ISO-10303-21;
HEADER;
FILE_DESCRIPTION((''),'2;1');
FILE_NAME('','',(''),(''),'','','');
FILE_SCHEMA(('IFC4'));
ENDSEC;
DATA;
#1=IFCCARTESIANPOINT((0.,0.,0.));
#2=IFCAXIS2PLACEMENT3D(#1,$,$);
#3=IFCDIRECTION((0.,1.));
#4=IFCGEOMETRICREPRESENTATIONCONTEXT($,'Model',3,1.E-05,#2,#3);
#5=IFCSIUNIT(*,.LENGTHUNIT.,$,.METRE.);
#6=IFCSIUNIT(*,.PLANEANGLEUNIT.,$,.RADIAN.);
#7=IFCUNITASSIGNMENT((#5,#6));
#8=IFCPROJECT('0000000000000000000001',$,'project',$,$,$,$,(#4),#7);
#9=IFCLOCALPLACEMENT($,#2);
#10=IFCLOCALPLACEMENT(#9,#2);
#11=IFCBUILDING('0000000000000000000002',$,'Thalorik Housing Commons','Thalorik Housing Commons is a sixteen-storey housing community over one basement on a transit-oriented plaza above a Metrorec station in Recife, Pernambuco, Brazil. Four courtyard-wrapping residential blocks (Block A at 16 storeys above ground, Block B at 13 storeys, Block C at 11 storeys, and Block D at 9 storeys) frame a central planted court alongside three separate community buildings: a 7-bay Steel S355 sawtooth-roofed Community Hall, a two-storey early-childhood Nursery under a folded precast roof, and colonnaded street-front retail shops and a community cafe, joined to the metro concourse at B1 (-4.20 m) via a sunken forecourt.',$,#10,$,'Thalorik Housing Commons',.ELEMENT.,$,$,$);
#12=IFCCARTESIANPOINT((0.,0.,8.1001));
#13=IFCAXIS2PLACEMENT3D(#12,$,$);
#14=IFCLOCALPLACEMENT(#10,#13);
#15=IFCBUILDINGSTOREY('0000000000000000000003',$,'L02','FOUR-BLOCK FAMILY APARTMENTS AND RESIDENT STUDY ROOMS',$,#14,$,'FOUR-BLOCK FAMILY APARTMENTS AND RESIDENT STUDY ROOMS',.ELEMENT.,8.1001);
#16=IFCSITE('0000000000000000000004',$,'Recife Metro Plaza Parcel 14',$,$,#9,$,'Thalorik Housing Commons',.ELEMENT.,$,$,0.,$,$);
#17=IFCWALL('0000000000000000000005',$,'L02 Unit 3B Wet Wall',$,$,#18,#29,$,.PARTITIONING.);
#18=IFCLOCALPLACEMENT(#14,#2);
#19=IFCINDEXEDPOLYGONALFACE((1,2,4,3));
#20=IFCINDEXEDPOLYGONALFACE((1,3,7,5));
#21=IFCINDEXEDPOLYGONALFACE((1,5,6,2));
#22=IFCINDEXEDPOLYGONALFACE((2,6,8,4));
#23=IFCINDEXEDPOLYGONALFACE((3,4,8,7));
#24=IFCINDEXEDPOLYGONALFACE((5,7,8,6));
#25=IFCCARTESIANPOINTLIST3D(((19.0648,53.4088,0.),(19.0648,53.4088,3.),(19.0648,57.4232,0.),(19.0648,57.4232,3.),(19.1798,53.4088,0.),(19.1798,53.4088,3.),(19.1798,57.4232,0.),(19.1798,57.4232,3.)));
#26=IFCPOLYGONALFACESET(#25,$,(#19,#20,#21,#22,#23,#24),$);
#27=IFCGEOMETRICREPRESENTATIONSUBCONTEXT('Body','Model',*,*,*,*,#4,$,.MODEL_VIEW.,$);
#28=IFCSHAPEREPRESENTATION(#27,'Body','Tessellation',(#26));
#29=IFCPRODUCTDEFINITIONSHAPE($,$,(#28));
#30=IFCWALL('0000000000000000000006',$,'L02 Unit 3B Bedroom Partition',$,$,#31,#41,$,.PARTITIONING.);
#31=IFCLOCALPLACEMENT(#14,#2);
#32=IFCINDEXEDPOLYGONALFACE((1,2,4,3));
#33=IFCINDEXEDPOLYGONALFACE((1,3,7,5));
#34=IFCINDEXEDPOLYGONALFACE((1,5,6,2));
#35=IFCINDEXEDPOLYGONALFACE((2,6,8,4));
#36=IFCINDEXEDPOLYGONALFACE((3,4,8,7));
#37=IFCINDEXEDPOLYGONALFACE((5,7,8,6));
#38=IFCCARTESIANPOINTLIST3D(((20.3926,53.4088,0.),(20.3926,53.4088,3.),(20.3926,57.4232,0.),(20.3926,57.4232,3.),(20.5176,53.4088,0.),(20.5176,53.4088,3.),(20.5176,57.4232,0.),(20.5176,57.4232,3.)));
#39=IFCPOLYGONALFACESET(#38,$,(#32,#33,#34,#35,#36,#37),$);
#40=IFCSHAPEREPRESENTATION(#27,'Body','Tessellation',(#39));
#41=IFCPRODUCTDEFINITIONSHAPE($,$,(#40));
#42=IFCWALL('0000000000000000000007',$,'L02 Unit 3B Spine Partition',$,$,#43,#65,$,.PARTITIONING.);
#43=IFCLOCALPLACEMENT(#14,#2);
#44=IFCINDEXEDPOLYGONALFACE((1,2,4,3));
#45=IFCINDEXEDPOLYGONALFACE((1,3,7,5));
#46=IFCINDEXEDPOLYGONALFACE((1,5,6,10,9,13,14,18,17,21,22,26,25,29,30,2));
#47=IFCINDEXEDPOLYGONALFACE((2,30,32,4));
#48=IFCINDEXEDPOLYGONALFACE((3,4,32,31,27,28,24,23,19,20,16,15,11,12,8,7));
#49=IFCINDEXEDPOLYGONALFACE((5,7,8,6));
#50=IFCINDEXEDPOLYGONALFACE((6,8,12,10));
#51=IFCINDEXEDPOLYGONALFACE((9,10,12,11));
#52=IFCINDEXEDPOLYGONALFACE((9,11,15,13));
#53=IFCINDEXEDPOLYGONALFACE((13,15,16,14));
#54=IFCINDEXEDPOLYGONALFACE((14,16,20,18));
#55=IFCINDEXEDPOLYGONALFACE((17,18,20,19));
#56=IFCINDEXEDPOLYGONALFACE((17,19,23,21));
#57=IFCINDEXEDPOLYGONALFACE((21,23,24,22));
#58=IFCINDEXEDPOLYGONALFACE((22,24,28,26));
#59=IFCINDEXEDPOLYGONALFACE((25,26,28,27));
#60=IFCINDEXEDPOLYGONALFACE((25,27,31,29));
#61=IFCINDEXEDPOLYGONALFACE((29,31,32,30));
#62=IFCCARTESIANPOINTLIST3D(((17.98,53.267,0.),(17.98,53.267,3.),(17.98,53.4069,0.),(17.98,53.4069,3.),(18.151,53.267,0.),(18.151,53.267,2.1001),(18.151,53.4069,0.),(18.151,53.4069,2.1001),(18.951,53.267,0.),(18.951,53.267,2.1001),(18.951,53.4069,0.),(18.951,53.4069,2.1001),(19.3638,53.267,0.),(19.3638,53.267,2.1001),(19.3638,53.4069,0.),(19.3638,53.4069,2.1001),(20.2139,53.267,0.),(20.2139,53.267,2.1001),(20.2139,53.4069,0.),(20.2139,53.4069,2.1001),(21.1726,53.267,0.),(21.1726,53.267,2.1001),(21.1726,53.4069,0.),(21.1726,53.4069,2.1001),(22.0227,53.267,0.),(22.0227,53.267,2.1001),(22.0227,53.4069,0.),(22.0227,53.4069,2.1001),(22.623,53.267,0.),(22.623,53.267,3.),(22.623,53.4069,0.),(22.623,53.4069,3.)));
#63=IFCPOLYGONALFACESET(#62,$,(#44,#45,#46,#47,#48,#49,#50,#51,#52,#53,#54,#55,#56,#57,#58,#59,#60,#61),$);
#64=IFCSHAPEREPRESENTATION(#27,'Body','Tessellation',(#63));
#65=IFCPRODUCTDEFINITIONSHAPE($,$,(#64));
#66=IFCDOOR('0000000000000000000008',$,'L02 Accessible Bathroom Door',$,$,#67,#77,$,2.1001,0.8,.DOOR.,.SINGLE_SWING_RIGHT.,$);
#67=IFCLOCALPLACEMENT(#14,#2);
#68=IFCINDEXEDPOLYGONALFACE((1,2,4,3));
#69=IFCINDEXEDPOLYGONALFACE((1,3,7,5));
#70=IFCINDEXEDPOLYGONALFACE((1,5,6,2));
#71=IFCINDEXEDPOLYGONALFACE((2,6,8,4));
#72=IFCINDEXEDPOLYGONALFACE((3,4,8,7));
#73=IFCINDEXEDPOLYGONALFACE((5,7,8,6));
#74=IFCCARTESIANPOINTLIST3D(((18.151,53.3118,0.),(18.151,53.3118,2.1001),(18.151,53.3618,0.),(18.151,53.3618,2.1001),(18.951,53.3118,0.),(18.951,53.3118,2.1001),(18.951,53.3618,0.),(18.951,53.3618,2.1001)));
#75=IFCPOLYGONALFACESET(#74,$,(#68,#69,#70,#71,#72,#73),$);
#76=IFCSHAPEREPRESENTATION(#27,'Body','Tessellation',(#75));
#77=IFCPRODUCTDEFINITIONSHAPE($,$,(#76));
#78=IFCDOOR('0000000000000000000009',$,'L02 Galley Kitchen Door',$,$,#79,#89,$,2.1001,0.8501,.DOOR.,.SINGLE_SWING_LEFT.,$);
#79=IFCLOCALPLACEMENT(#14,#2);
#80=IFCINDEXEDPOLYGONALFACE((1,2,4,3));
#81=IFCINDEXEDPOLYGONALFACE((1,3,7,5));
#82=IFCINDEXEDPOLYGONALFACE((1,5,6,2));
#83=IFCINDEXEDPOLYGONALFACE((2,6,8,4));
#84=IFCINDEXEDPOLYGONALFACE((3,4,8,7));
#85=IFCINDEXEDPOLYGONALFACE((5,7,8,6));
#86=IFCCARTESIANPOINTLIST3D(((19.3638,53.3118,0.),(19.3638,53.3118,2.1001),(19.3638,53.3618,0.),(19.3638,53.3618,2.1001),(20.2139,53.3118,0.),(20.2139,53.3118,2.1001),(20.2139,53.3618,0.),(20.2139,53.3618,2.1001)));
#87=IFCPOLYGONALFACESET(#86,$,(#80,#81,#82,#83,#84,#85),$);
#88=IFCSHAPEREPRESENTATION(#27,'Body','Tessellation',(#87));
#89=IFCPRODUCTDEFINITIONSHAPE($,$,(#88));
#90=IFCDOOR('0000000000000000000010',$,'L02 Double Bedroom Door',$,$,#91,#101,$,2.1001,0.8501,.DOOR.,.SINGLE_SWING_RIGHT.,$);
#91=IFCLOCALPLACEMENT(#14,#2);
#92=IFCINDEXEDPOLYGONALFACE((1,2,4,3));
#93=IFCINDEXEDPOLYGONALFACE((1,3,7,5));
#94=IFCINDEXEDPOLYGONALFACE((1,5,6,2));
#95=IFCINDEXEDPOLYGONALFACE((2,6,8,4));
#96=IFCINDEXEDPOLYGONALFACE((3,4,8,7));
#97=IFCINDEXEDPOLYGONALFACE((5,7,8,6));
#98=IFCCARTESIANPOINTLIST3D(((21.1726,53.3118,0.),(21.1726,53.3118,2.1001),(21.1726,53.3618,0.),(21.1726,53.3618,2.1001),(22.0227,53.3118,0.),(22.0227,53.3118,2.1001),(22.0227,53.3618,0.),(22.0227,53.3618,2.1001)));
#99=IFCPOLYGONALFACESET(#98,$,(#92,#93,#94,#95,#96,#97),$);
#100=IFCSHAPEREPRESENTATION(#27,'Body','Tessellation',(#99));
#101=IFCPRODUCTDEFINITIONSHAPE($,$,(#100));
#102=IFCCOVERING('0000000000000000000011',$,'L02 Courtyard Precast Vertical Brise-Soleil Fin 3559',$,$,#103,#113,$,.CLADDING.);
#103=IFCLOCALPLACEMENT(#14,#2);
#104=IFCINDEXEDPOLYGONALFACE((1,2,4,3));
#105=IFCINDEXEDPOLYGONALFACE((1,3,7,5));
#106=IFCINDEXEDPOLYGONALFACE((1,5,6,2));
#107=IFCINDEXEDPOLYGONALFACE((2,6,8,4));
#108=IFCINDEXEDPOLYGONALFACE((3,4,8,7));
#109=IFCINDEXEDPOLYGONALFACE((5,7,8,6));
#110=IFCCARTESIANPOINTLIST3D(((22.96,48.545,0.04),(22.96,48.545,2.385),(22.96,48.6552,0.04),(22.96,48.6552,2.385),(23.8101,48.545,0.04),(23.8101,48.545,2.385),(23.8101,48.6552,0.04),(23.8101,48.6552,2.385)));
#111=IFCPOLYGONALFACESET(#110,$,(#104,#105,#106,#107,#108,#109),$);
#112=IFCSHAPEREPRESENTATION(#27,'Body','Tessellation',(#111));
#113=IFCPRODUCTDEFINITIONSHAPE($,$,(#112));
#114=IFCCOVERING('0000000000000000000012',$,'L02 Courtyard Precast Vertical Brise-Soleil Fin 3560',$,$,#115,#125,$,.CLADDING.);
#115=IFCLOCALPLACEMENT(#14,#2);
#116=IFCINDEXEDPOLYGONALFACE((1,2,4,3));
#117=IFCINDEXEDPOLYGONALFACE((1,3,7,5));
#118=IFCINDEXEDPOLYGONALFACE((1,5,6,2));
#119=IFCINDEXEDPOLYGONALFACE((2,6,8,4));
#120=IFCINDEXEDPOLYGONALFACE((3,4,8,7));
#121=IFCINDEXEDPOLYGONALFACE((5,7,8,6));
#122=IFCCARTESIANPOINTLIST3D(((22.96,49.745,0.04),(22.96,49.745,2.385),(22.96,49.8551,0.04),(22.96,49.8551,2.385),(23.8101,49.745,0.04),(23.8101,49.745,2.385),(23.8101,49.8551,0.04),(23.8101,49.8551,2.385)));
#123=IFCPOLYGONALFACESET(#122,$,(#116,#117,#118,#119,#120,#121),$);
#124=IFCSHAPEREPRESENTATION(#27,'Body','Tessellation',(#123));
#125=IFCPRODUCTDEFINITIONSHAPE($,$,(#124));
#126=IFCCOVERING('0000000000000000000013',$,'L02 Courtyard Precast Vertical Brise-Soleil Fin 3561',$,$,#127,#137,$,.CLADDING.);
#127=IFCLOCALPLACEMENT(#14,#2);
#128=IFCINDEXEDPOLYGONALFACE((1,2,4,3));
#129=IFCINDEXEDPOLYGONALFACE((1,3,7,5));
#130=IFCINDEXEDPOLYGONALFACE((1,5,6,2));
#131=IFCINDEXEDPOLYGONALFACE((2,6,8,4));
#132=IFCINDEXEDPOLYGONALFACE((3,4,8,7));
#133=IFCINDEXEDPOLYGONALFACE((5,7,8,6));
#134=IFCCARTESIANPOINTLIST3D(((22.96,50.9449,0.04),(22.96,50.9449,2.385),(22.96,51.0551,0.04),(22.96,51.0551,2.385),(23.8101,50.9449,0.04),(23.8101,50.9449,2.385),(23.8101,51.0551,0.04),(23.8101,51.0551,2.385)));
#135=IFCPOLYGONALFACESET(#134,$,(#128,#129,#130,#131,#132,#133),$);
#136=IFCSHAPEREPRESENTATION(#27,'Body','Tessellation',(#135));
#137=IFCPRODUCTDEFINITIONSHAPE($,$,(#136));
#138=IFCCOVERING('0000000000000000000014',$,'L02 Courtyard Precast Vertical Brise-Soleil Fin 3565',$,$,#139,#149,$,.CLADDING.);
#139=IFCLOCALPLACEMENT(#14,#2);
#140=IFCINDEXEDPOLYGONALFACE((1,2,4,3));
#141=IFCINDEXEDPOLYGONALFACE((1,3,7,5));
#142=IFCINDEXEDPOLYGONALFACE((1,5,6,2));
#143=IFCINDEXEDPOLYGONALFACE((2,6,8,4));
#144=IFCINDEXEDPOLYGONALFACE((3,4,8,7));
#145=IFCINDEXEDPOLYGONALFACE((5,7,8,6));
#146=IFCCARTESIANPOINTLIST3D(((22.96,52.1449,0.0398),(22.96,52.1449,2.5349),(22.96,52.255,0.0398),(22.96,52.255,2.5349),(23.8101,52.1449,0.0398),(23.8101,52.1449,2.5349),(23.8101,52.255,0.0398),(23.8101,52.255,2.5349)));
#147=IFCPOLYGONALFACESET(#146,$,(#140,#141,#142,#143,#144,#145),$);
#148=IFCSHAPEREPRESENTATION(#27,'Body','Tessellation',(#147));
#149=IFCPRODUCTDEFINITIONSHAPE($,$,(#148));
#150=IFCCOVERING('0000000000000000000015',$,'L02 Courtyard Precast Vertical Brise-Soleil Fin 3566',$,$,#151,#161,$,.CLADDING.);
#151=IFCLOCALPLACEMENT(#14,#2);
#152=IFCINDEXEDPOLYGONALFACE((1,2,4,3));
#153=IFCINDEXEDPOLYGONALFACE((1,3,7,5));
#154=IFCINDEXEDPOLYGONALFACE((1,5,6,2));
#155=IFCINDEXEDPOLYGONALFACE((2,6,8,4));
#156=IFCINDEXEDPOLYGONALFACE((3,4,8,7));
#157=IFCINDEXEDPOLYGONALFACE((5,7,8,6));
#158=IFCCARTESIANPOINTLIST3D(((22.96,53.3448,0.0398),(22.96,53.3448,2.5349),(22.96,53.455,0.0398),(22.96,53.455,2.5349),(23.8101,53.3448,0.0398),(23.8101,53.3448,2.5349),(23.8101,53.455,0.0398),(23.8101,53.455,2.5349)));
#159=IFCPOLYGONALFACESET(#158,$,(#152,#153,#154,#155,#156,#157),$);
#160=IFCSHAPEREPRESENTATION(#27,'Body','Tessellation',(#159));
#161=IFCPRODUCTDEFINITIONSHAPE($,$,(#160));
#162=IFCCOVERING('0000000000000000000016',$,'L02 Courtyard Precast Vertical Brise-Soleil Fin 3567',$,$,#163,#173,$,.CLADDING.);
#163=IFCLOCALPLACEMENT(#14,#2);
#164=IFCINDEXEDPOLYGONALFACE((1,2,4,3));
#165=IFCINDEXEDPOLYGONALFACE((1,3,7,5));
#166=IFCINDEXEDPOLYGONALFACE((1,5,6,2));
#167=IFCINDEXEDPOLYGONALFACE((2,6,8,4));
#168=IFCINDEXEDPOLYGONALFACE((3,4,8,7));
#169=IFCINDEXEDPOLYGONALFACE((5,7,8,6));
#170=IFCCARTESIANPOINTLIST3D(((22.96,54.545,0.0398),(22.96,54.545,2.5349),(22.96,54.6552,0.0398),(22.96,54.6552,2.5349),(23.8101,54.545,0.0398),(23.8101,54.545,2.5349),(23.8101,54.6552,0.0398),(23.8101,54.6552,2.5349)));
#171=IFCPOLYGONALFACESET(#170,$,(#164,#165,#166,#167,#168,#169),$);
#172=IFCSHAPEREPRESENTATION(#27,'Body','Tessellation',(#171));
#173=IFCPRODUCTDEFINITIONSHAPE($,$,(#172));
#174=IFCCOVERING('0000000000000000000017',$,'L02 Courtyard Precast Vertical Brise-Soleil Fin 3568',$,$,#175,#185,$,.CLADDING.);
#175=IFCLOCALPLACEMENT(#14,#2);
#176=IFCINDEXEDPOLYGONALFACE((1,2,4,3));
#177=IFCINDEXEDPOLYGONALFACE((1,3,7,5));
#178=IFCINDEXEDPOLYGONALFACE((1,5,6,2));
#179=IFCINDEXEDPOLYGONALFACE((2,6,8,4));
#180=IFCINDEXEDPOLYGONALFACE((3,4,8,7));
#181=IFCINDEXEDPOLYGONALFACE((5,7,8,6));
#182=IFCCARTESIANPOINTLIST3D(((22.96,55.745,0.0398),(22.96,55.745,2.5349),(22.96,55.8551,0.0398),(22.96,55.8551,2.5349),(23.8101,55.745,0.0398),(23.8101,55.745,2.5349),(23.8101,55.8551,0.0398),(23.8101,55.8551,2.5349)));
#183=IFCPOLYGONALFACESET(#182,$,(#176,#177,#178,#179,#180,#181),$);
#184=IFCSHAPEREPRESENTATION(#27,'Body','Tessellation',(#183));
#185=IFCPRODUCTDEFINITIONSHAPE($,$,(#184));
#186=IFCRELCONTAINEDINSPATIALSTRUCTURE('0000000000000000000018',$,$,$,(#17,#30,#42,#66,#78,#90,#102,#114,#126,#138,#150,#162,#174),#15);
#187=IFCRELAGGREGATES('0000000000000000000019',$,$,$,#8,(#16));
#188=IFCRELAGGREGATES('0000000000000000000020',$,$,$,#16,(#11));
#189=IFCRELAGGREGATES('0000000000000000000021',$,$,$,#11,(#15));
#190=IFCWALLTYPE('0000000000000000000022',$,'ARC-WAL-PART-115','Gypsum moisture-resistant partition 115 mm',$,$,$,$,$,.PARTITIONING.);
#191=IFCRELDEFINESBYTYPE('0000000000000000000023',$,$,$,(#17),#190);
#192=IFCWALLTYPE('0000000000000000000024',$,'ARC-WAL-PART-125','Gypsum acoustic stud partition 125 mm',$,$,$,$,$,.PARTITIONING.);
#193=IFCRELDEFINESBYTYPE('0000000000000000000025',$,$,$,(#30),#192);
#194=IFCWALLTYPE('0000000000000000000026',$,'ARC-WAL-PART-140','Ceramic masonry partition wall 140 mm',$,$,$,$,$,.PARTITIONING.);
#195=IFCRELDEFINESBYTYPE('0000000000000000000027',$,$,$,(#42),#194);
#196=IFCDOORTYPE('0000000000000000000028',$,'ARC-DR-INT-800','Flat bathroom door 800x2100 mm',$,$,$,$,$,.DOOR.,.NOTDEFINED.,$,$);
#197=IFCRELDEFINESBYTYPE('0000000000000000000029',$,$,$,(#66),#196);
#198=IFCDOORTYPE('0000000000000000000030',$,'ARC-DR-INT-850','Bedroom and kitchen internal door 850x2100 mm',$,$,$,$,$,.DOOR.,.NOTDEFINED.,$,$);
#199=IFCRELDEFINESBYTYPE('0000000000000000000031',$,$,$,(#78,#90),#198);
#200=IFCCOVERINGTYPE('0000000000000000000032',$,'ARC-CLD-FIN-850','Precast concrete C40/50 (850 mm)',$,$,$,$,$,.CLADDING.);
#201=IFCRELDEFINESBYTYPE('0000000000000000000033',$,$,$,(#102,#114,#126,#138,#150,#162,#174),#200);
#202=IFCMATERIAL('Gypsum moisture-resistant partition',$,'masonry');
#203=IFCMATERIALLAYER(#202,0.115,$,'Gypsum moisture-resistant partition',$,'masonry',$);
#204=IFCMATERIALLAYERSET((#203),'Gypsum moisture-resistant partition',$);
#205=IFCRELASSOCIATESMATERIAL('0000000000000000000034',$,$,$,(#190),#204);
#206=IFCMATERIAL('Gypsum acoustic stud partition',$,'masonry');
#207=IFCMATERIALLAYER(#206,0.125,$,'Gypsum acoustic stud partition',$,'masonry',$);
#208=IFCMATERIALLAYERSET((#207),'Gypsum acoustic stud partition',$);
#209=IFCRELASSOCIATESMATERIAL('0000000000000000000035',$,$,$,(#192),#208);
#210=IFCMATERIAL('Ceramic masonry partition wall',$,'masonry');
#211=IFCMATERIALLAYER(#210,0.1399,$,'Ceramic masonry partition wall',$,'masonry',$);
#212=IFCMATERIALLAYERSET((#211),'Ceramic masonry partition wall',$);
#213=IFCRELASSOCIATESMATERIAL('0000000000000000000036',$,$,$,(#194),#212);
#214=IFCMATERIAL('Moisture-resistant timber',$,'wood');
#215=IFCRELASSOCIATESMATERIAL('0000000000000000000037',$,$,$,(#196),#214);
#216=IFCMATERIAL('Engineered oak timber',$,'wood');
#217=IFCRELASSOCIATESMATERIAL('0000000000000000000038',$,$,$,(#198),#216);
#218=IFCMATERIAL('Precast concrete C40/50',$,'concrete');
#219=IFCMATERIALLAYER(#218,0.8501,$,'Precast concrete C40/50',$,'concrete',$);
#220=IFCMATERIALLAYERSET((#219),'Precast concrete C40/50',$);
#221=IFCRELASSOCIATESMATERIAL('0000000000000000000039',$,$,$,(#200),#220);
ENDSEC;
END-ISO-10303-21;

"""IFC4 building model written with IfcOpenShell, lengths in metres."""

from ifc_helpers import new_model, si_unit, direction, frame, frame_2d, origin, origin_2d, place, context, subcontext, project, spatial, rectangle, extrude, material, layer, layer_set, type_object, element, fill, save


model = new_model("IFC4")

# Units and contexts
model_context = context("Model", 3, precision=1e-05, world=origin(), true_north=direction((0.0, 1.0)))
body_context = subcontext(model_context, "Body", "Model", "MODEL_VIEW")
ifc_project = project(units=[si_unit("LENGTHUNIT", "METRE"), si_unit("PLANEANGLEUNIT", "RADIAN")], contexts=[model_context])

# Site, building, storey
site_placement = place(None, origin())
site = spatial("IfcSite", under=ifc_project, at=site_placement, Name="Recife Metro Plaza Parcel 14", LongName="Thalorik Housing Commons", CompositionType="ELEMENT", RefElevation=0.0)
building_placement = place(site_placement, origin())
building = spatial("IfcBuilding", under=site, at=building_placement, Name="Thalorik Housing Commons", Description="Thalorik Housing Commons is a sixteen-storey housing community over one basement on a transit-oriented plaza above a Metrorec station in Recife, Pernambuco, Brazil. Four courtyard-wrapping residential blocks (Block A at 16 storeys above ground, Block B at 13 storeys, Block C at 11 storeys, and Block D at 9 storeys) frame a central planted court alongside three separate community buildings: a 7-bay Steel S355 sawtooth-roofed Community Hall, a two-storey early-childhood Nursery under a folded precast roof, and colonnaded street-front retail shops and a community cafe, joined to the metro concourse at B1 (-4.20 m) via a sunken forecourt.", LongName="Thalorik Housing Commons", CompositionType="ELEMENT")
storey_placement = place(building_placement, frame((0.0, 0.0, 8.1001)))
storey = spatial("IfcBuildingStorey", under=building, at=storey_placement, Name="L02", Description="FOUR-BLOCK FAMILY APARTMENTS AND RESIDENT STUDY ROOMS", LongName="FOUR-BLOCK FAMILY APARTMENTS AND RESIDENT STUDY ROOMS", CompositionType="ELEMENT", Elevation=8.1001)

# Shared definitions
ifc_material_1 = material(Name="Precast concrete C40/50", Category="concrete")

# Walls
ifc_material_2 = material(Name="Gypsum moisture-resistant partition", Category="masonry")
ifc_layer_1 = layer(ifc_material_2, 0.115, Name="Gypsum moisture-resistant partition", Category="masonry")
ifc_layer_set_1 = layer_set([ifc_layer_1], Name="Gypsum moisture-resistant partition")
wall_type_1 = type_object("IfcWallType", Name="ARC-WAL-PART-115", Description="Gypsum moisture-resistant partition 115 mm", PredefinedType="PARTITIONING", material=ifc_layer_set_1)
wall_1_placement = place(storey_placement, frame((19.1223, 53.4087, 0.0), z_axis=(0.0, 0.0, 1.0), x_axis=(0.0, 1.0, 0.0)))
element("IfcWall", 1, at=wall_1_placement, inside=storey, type_object=wall_type_1, Name="L02 Unit 3B Wet Wall", PredefinedType="PARTITIONING", context=body_context, shape_type="SweptSolid", body=[
    extrude(rectangle(XDim=4.0144, YDim=0.115, at=frame_2d((2.0073, 0.0))), origin(), (0.0, 0.0, 1.0), 3.0),
])
ifc_material_3 = material(Name="Gypsum acoustic stud partition", Category="masonry")
ifc_layer_2 = layer(ifc_material_3, 0.125, Name="Gypsum acoustic stud partition", Category="masonry")
ifc_layer_set_2 = layer_set([ifc_layer_2], Name="Gypsum acoustic stud partition")
wall_type_2 = type_object("IfcWallType", Name="ARC-WAL-PART-125", Description="Gypsum acoustic stud partition 125 mm", PredefinedType="PARTITIONING", material=ifc_layer_set_2)
wall_2_placement = place(storey_placement, frame((20.4551, 53.4087, 0.0), z_axis=(0.0, 0.0, 1.0), x_axis=(0.0, 1.0, 0.0)))
element("IfcWall", 2, at=wall_2_placement, inside=storey, type_object=wall_type_2, Name="L02 Unit 3B Bedroom Partition", PredefinedType="PARTITIONING", context=body_context, shape_type="SweptSolid", body=[
    extrude(rectangle(XDim=4.0144, YDim=0.125, at=frame_2d((2.0073, 0.0))), origin(), (0.0, 0.0, 1.0), 3.0),
])

# Wall, openings, doors
ifc_material_4 = material(Name="Ceramic masonry partition wall", Category="masonry")
ifc_layer_3 = layer(ifc_material_4, 0.1399, Name="Ceramic masonry partition wall", Category="masonry")
ifc_layer_set_3 = layer_set([ifc_layer_3], Name="Ceramic masonry partition wall")
wall_type_3 = type_object("IfcWallType", Name="ARC-WAL-PART-140", Description="Ceramic masonry partition wall 140 mm", PredefinedType="PARTITIONING", material=ifc_layer_set_3)
wall_3_placement = place(storey_placement, frame((17.98, 53.3369, 0.0), z_axis=(0.0, 0.0, 1.0), x_axis=(1.0, 0.0, 0.0)))
wall_3 = element("IfcWall", 3, at=wall_3_placement, inside=storey, type_object=wall_type_3, Name="L02 Unit 3B Spine Partition", PredefinedType="PARTITIONING", context=body_context, shape_type="SweptSolid", body=[
    extrude(rectangle(XDim=4.6431, YDim=0.1399, at=frame_2d((2.3215, 0.0))), origin(), (0.0, 0.0, 1.0), 3.0),
])
opening_1_placement = place(wall_3_placement, frame((0.1711, 0.0, 0.0)))
opening_1 = element("IfcOpeningElement", 4, at=opening_1_placement, cuts=wall_3, PredefinedType="OPENING", context=body_context, shape_type="SweptSolid", body=[
    extrude(rectangle(XDim=0.8, YDim=2.1001, at=frame_2d((0.3999, 1.05))), frame((0.0, 0.0801, 0.0), z_axis=(0.0, -1.0, 0.0), x_axis=(1.0, 0.0, 0.0)), (0.0, 0.0, 1.0), 0.1599),
])
opening_2_placement = place(wall_3_placement, frame((1.3838, 0.0, 0.0)))
opening_2 = element("IfcOpeningElement", 5, at=opening_2_placement, cuts=wall_3, PredefinedType="OPENING", context=body_context, shape_type="SweptSolid", body=[
    extrude(rectangle(XDim=0.8501, YDim=2.1001, at=frame_2d((0.425, 1.05))), frame((0.0, 0.0801, 0.0), z_axis=(0.0, -1.0, 0.0), x_axis=(1.0, 0.0, 0.0)), (0.0, 0.0, 1.0), 0.1599),
])
opening_3_placement = place(wall_3_placement, frame((3.1926, 0.0, 0.0)))
opening_3 = element("IfcOpeningElement", 6, at=opening_3_placement, cuts=wall_3, PredefinedType="OPENING", context=body_context, shape_type="SweptSolid", body=[
    extrude(rectangle(XDim=0.8501, YDim=2.1001, at=frame_2d((0.425, 1.05))), frame((0.0, 0.0801, 0.0), z_axis=(0.0, -1.0, 0.0), x_axis=(1.0, 0.0, 0.0)), (0.0, 0.0, 1.0), 0.1599),
])
ifc_material_5 = material(Name="Moisture-resistant timber", Category="wood")
door_type_1 = type_object("IfcDoorType", Name="ARC-DR-INT-800", Description="Flat bathroom door 800x2100 mm", OperationType="NOTDEFINED", PredefinedType="DOOR", material=ifc_material_5)
door_1_placement = place(opening_1_placement, origin())
door_1 = element("IfcDoor", 7, at=door_1_placement, inside=storey, type_object=door_type_1, Name="L02 Accessible Bathroom Door", OperationType="SINGLE_SWING_RIGHT", OverallHeight=2.1001, OverallWidth=0.8, PredefinedType="DOOR", context=body_context, shape_type="SweptSolid", body=[
    extrude(rectangle(XDim=0.8, YDim=2.1001, at=frame_2d((0.3999, 1.05))), frame((0.0, 0.0249, 0.0), z_axis=(0.0, -1.0, 0.0), x_axis=(1.0, 0.0, 0.0)), (0.0, 0.0, 1.0), 0.05),
])
fill(opening_1, door_1)
ifc_material_6 = material(Name="Engineered oak timber", Category="wood")
door_type_2 = type_object("IfcDoorType", Name="ARC-DR-INT-850", Description="Bedroom and kitchen internal door 850x2100 mm", OperationType="NOTDEFINED", PredefinedType="DOOR", material=ifc_material_6)
door_2_placement = place(opening_2_placement, origin())
door_2 = element("IfcDoor", 8, at=door_2_placement, inside=storey, type_object=door_type_2, Name="L02 Galley Kitchen Door", OperationType="SINGLE_SWING_LEFT", OverallHeight=2.1001, OverallWidth=0.8501, PredefinedType="DOOR", context=body_context, shape_type="SweptSolid", body=[
    extrude(rectangle(XDim=0.8501, YDim=2.1001, at=frame_2d((0.425, 1.05))), frame((0.0, 0.0249, 0.0), z_axis=(0.0, -1.0, 0.0), x_axis=(1.0, 0.0, 0.0)), (0.0, 0.0, 1.0), 0.05),
])
fill(opening_2, door_2)
door_3_placement = place(opening_3_placement, origin())
door_3 = element("IfcDoor", 9, at=door_3_placement, inside=storey, type_object=door_type_2, Name="L02 Double Bedroom Door", OperationType="SINGLE_SWING_RIGHT", OverallHeight=2.1001, OverallWidth=0.8501, PredefinedType="DOOR", context=body_context, shape_type="SweptSolid", body=[
    extrude(rectangle(XDim=0.8501, YDim=2.1001, at=frame_2d((0.425, 1.05))), frame((0.0, 0.0249, 0.0), z_axis=(0.0, -1.0, 0.0), x_axis=(1.0, 0.0, 0.0)), (0.0, 0.0, 1.0), 0.05),
])
fill(opening_3, door_3)

# Coverings
ifc_layer_4 = layer(ifc_material_1, 0.8501, Name="Precast concrete C40/50", Category="concrete")
ifc_layer_set_4 = layer_set([ifc_layer_4], Name="Precast concrete C40/50")
covering_type_1 = type_object("IfcCoveringType", Name="ARC-CLD-FIN-850", Description="Precast concrete C40/50 (850 mm)", PredefinedType="CLADDING", material=ifc_layer_set_4)
for number, where, z_axis, x_axis, name in (
    (10, (23.385, 48.6001, 0.04), (0.0, 0.0, 1.0), (0.0, 1.0, 0.0), "L02 Courtyard Precast Vertical Brise-Soleil Fin 3559"),
    (11, (23.385, 49.8, 0.04), (0.0, 0.0, 1.0), (0.0, 1.0, 0.0), "L02 Courtyard Precast Vertical Brise-Soleil Fin 3560"),
    (12, (23.385, 51.0, 0.04), (0.0, 0.0, 1.0), (0.0, 1.0, 0.0), "L02 Courtyard Precast Vertical Brise-Soleil Fin 3561"),
):
    element("IfcCovering", number, at=place(storey_placement, frame(where, z_axis=z_axis, x_axis=x_axis)), inside=storey, type_object=covering_type_1, Name=name, PredefinedType="CLADDING", context=body_context, shape_type="SweptSolid", body=[
        extrude(rectangle(XDim=0.1101, YDim=0.8501, at=origin_2d()), origin(), (0.0, 0.0, 1.0), 2.345),
    ])
for number, where, z_axis, x_axis, name in (
    (13, (23.385, 52.2, 0.0398), (0.0, 0.0, 1.0), (0.0, 1.0, 0.0), "L02 Courtyard Precast Vertical Brise-Soleil Fin 3565"),
    (14, (23.385, 53.3999, 0.0398), (0.0, 0.0, 1.0), (0.0, 1.0, 0.0), "L02 Courtyard Precast Vertical Brise-Soleil Fin 3566"),
    (15, (23.385, 54.6001, 0.0398), (0.0, 0.0, 1.0), (0.0, 1.0, 0.0), "L02 Courtyard Precast Vertical Brise-Soleil Fin 3567"),
    (16, (23.385, 55.8, 0.0398), (0.0, 0.0, 1.0), (0.0, 1.0, 0.0), "L02 Courtyard Precast Vertical Brise-Soleil Fin 3568"),
):
    element("IfcCovering", number, at=place(storey_placement, frame(where, z_axis=z_axis, x_axis=x_axis)), inside=storey, type_object=covering_type_1, Name=name, PredefinedType="CLADDING", context=body_context, shape_type="SweptSolid", body=[
        extrude(rectangle(XDim=0.1101, YDim=0.8501, at=origin_2d()), origin(), (0.0, 0.0, 1.0), 2.4951),
    ])

save(model, "model.ifc")
